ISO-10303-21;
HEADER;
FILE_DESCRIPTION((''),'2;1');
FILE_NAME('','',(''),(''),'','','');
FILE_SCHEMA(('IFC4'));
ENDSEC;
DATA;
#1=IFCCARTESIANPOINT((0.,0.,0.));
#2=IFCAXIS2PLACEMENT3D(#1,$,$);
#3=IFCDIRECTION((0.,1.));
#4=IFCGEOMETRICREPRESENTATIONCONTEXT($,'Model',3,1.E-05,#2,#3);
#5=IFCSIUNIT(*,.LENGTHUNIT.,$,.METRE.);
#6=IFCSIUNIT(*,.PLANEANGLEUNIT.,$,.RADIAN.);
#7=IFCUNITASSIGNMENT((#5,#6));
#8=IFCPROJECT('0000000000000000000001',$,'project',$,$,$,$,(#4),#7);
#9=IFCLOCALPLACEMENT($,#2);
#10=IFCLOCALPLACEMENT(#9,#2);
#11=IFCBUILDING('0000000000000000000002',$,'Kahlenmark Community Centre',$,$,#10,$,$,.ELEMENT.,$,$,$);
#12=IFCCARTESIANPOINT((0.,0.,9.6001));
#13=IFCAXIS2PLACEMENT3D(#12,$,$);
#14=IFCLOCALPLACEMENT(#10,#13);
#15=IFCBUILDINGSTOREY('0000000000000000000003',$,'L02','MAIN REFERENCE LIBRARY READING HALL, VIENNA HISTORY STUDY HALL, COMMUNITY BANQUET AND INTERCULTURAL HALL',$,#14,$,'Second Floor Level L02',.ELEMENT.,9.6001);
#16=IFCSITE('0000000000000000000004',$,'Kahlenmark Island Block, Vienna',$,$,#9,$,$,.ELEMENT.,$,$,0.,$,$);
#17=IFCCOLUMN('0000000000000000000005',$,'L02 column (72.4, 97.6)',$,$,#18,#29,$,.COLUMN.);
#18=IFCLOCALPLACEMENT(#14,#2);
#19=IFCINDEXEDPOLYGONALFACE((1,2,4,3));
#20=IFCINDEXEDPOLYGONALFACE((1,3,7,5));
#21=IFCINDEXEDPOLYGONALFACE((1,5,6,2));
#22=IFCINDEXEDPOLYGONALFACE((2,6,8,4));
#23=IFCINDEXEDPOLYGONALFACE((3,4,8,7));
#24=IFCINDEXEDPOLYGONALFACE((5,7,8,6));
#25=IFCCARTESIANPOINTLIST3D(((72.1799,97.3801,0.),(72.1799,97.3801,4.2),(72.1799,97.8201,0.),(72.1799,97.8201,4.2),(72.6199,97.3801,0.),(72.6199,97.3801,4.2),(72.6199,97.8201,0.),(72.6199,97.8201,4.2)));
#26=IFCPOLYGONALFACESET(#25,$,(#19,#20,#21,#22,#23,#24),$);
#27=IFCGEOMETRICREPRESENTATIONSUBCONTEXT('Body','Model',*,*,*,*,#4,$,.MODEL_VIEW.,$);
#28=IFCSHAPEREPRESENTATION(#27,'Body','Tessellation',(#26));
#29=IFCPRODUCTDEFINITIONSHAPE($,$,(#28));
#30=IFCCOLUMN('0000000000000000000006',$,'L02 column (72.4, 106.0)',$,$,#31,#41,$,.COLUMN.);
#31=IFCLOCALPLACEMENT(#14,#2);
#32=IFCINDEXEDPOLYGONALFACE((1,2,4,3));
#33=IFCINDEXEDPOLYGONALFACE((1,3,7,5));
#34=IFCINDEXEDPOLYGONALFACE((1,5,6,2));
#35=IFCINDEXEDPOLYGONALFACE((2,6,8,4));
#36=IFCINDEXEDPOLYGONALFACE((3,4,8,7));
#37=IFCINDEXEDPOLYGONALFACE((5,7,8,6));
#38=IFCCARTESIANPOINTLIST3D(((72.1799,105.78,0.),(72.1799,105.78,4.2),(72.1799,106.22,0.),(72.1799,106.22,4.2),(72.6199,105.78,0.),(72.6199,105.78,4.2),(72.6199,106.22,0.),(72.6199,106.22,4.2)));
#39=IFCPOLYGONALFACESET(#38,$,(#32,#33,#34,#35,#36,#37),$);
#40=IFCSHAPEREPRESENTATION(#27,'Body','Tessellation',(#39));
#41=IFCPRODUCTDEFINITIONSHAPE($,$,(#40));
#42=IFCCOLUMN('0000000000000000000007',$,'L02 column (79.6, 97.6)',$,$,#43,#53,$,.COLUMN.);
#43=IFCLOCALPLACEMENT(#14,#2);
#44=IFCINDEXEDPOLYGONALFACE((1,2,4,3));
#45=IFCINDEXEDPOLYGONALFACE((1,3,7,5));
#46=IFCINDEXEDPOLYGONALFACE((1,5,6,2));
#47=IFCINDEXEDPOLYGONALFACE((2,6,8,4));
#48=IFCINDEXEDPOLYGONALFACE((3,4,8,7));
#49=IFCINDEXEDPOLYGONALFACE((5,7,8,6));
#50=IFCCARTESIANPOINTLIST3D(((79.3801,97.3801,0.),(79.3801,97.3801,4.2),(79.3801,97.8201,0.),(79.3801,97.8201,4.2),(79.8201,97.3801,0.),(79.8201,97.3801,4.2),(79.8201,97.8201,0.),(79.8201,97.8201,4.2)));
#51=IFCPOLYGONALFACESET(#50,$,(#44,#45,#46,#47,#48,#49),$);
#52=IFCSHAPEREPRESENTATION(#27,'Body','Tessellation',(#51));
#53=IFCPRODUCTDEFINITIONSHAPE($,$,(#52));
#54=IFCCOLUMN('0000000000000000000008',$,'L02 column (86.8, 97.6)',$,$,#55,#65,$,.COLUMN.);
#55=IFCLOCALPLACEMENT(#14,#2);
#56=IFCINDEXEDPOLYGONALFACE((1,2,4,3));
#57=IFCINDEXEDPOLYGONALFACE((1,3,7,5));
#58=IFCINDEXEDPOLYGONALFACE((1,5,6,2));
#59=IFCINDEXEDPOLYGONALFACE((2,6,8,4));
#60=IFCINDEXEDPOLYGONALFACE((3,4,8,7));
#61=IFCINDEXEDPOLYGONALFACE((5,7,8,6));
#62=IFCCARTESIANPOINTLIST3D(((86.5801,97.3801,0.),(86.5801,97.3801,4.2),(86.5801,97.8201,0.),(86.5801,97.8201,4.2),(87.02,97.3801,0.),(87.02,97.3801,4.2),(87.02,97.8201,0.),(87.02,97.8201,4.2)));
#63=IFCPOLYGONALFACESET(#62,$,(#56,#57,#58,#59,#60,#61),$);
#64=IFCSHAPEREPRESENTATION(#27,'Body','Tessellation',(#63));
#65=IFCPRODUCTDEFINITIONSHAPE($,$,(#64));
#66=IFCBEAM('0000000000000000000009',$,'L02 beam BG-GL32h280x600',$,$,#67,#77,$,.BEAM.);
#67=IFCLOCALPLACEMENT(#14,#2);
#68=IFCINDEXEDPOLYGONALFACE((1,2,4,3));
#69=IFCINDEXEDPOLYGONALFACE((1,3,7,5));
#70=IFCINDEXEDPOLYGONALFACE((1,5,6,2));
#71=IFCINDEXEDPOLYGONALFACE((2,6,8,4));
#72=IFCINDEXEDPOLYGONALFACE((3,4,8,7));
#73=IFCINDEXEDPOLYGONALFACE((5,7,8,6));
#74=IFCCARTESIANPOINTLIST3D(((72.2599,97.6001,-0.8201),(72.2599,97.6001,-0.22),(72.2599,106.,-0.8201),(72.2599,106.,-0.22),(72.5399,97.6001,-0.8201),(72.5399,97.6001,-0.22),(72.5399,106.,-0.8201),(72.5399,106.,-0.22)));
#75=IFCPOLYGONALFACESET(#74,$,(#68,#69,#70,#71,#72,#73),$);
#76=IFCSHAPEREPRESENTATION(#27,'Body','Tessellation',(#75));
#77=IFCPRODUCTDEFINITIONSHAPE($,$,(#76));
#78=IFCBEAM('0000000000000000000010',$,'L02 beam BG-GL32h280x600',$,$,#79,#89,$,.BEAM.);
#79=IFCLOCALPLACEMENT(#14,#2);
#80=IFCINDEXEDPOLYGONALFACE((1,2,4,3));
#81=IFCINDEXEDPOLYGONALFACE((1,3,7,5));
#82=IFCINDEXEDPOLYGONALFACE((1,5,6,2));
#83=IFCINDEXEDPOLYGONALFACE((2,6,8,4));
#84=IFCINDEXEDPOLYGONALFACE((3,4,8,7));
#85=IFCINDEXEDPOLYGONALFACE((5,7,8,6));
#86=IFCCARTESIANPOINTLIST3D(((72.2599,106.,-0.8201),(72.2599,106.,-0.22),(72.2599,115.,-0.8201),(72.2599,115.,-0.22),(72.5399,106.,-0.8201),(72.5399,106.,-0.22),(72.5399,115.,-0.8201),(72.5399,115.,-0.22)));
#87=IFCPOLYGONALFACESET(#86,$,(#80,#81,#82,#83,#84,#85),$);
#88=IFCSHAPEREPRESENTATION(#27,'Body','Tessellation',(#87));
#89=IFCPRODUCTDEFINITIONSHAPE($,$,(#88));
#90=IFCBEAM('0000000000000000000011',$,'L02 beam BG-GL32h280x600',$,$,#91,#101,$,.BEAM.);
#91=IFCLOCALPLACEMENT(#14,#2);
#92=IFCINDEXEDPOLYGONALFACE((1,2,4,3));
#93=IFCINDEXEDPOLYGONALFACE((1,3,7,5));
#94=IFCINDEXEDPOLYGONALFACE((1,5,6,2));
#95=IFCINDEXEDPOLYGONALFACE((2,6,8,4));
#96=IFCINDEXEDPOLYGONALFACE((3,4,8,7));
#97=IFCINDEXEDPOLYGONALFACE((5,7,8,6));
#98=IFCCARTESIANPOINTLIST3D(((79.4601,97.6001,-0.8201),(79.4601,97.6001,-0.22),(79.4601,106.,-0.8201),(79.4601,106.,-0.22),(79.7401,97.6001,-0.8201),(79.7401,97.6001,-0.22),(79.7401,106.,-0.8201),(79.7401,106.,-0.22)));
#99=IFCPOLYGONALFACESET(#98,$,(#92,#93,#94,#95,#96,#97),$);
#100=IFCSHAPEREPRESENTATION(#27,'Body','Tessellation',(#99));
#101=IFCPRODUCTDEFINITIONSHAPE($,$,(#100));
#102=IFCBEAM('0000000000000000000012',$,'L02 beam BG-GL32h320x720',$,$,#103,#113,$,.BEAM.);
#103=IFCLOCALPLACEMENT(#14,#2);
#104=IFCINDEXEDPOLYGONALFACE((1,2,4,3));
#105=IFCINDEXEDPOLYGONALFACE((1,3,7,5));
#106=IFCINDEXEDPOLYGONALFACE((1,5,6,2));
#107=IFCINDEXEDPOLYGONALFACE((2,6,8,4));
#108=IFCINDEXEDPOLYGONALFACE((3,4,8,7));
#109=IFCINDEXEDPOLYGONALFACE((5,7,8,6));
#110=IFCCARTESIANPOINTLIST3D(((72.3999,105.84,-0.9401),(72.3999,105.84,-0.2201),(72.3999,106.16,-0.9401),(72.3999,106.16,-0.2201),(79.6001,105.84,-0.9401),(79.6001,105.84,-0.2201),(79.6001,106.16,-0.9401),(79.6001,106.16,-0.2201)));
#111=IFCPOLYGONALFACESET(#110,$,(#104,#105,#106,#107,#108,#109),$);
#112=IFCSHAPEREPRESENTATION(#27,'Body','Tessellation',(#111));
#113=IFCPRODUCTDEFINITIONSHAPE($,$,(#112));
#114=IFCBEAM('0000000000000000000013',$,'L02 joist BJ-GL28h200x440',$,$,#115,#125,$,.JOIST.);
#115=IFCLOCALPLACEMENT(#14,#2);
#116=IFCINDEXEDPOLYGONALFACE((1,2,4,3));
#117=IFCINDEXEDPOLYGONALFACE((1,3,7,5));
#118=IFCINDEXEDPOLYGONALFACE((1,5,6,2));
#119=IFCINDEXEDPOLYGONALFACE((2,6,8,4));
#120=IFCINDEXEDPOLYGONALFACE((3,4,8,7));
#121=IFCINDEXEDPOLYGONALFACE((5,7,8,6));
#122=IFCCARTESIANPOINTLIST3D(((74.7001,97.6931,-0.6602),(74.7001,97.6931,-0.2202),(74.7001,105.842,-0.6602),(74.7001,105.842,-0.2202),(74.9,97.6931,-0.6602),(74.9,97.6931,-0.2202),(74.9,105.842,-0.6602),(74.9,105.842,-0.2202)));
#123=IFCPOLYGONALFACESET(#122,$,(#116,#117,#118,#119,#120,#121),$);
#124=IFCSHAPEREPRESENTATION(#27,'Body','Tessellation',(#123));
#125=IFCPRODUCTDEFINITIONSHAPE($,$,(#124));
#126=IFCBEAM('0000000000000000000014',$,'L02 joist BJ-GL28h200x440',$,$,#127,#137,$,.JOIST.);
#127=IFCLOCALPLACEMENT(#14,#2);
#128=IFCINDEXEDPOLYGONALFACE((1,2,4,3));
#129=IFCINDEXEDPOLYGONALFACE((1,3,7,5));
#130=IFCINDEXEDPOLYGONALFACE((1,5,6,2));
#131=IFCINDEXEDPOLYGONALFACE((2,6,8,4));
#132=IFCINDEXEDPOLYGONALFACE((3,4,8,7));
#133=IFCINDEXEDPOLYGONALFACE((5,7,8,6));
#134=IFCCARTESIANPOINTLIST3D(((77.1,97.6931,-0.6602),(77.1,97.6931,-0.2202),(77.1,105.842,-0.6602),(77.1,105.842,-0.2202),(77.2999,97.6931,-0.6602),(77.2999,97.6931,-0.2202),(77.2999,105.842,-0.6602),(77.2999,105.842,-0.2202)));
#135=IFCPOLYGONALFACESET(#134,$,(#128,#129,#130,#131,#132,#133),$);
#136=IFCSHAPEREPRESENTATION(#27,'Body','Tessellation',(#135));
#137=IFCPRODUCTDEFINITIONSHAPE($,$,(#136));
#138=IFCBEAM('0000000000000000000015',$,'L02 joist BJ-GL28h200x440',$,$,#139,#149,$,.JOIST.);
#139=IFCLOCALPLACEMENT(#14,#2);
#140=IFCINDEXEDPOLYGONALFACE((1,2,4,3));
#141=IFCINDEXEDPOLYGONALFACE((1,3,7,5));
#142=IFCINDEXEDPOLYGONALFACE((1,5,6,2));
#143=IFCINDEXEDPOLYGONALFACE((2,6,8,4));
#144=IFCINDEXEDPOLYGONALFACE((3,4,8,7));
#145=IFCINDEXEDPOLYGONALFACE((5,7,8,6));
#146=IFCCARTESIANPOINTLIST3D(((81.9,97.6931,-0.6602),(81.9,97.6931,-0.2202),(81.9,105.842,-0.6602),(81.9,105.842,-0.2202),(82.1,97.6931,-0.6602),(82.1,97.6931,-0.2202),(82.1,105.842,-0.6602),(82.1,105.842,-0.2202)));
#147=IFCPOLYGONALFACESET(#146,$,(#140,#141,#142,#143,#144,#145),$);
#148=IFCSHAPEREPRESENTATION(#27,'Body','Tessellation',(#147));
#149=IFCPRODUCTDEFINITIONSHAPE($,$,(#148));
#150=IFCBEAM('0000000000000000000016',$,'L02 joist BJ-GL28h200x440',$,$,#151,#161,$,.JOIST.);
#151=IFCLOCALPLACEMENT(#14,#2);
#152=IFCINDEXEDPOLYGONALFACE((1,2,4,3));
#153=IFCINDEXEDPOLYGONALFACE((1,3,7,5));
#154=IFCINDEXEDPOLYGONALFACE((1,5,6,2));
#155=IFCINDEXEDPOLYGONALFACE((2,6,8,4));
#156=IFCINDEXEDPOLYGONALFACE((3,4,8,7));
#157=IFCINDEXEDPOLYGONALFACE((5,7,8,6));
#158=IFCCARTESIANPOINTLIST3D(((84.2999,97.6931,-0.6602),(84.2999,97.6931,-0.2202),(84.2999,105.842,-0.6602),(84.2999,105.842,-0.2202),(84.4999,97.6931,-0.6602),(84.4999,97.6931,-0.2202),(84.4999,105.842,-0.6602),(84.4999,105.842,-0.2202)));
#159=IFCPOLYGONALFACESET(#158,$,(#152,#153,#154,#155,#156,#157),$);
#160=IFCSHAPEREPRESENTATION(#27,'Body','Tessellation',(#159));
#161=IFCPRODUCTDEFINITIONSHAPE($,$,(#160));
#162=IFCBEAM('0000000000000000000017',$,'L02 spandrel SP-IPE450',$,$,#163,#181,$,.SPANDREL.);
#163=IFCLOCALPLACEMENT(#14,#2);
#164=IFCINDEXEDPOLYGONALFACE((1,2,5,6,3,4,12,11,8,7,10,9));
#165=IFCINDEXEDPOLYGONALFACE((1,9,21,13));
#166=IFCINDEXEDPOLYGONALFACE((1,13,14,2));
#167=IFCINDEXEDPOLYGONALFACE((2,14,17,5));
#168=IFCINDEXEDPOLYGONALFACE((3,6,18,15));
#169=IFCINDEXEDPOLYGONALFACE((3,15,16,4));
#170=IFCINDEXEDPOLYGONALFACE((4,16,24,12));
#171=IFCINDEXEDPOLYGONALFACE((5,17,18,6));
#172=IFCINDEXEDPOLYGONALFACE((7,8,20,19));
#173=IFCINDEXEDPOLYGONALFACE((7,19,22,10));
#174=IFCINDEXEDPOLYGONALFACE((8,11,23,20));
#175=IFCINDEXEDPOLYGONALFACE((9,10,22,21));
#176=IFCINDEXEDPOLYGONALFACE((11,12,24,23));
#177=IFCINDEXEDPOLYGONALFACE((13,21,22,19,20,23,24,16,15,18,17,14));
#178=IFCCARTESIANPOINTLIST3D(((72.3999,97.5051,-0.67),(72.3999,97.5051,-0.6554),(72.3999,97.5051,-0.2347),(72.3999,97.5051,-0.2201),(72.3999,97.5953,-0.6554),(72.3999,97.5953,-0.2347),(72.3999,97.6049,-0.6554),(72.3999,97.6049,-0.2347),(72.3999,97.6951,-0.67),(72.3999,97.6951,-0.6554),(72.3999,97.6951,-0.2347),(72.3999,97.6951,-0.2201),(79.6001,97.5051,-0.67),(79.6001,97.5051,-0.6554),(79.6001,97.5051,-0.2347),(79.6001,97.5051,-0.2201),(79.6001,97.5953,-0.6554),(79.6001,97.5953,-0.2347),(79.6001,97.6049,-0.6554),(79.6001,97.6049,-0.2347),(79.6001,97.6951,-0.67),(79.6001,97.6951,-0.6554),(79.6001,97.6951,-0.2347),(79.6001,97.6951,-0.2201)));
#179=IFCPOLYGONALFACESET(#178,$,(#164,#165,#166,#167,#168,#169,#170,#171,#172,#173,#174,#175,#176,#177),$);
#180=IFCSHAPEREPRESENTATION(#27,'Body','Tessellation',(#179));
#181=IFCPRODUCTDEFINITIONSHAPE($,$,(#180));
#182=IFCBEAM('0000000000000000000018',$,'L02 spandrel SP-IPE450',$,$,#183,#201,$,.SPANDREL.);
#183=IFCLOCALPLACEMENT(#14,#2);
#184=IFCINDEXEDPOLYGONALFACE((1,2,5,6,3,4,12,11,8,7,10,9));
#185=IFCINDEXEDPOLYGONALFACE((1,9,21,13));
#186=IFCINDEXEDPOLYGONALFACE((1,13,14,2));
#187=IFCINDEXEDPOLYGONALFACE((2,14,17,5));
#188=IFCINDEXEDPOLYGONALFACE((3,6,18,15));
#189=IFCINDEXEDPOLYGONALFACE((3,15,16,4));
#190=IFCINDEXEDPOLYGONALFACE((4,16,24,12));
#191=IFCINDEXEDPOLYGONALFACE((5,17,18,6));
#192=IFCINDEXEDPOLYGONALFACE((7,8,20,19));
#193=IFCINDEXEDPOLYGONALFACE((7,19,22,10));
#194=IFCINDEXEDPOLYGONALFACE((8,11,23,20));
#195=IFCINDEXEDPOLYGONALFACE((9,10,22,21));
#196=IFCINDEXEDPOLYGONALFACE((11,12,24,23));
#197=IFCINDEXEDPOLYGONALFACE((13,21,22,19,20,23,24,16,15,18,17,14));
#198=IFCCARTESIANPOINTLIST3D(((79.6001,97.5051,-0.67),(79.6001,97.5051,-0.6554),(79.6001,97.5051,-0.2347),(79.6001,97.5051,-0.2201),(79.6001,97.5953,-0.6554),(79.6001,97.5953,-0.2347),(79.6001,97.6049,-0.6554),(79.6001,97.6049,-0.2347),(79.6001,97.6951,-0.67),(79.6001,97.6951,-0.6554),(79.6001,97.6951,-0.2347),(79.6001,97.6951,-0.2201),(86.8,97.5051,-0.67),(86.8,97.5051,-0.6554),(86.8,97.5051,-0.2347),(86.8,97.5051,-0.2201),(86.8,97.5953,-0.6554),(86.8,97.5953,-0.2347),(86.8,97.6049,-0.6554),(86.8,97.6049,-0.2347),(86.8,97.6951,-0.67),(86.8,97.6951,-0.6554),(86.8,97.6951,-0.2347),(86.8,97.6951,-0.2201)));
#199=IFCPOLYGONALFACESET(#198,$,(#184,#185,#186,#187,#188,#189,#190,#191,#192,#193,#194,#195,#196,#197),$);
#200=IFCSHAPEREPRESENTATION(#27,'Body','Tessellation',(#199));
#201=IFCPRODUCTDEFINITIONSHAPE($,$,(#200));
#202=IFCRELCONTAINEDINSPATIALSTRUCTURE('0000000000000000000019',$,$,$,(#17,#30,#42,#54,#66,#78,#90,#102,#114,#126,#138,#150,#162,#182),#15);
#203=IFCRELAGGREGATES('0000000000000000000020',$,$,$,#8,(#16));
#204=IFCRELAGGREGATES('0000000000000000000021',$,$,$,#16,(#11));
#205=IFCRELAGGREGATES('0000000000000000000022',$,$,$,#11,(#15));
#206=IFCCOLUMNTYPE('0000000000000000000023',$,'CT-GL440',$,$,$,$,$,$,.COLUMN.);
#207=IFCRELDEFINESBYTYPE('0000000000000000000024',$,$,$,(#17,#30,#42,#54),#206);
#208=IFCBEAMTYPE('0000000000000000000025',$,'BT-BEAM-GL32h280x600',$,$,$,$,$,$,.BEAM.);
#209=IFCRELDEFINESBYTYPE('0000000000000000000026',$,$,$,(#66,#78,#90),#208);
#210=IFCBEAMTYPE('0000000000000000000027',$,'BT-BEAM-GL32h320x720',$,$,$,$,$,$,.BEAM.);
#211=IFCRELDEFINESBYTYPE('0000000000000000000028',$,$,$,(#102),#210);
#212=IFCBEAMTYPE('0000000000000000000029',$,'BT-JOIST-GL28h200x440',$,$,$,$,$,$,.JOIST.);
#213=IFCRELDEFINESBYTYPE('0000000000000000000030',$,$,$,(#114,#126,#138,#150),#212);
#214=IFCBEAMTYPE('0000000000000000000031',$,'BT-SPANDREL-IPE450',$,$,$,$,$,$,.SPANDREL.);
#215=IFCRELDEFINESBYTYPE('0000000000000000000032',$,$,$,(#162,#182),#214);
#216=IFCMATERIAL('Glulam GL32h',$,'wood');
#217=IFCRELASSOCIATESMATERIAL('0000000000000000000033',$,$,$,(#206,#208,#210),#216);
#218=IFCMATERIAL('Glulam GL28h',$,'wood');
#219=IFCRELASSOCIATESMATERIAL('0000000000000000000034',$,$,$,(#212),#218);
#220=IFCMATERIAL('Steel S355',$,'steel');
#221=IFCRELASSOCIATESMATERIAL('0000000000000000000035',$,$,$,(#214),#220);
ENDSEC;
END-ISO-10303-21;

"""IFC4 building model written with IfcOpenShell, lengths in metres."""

from ifc_helpers import new_model, si_unit, direction, frame, origin, origin_2d, place, context, subcontext, project, spatial, rectangle, i_section, extrude, material, material_profile, profile_set, type_object, element, save


model = new_model("IFC4")

# Units and contexts
model_context = context("Model", 3, precision=1e-05, world=origin(), true_north=direction((0.0, 1.0)))
body_context = subcontext(model_context, "Body", "Model", "MODEL_VIEW")
ifc_project = project(units=[si_unit("LENGTHUNIT", "METRE"), si_unit("PLANEANGLEUNIT", "RADIAN")], contexts=[model_context])

# Site, building, storey
site_placement = place(None, origin())
site = spatial("IfcSite", under=ifc_project, at=site_placement, Name="Kahlenmark Island Block, Vienna", CompositionType="ELEMENT", RefElevation=0.0)
building_placement = place(site_placement, origin())
building = spatial("IfcBuilding", under=site, at=building_placement, Name="Kahlenmark Community Centre", CompositionType="ELEMENT")
storey_placement = place(building_placement, frame((0.0, 0.0, 9.6001)))
storey = spatial("IfcBuildingStorey", under=building, at=storey_placement, Name="L02", Description="MAIN REFERENCE LIBRARY READING HALL, VIENNA HISTORY STUDY HALL, COMMUNITY BANQUET AND INTERCULTURAL HALL", LongName="Second Floor Level L02", CompositionType="ELEMENT", Elevation=9.6001)

# Columns
ifc_material_1 = material(Name="Glulam GL32h", Category="wood")
ifc_material_profile_1 = material_profile(ifc_material_1, rectangle(XDim=0.4399, YDim=0.4399, at=origin_2d()), Name="GL32h 440x440")
ifc_profile_set_1 = profile_set([ifc_material_profile_1], Name="Glulam GL32h")
column_type = type_object("IfcColumnType", Name="CT-GL440", PredefinedType="COLUMN", material=ifc_profile_set_1)
for number, where, z_axis, x_axis, name in (
    (1, (72.3999, 97.6001, 0.0), (0.0, 0.0, 1.0), (1.0, 0.0, 0.0), "L02 column (72.4, 97.6)"),
    (2, (72.3999, 106.0, 0.0), (0.0, 0.0, 1.0), (1.0, 0.0, 0.0), "L02 column (72.4, 106.0)"),
    (3, (79.6001, 97.6001, 0.0), (0.0, 0.0, 1.0), (1.0, 0.0, 0.0), "L02 column (79.6, 97.6)"),
    (4, (86.8, 97.6001, 0.0), (0.0, 0.0, 1.0), (1.0, 0.0, 0.0), "L02 column (86.8, 97.6)"),
):
    element("IfcColumn", number, at=place(storey_placement, frame(where, z_axis=z_axis, x_axis=x_axis)), inside=storey, type_object=column_type, Name=name, PredefinedType="COLUMN", context=body_context, shape_type="SweptSolid", body=[
        extrude(rectangle(XDim=0.4399, YDim=0.4399, at=origin_2d()), origin(), (0.0, 0.0, 1.0), 4.2),
    ])

# Beams
ifc_material_profile_2 = material_profile(ifc_material_1, rectangle(XDim=0.28, YDim=0.6001, at=origin_2d()), Name="GL32h 280x600")
ifc_profile_set_2 = profile_set([ifc_material_profile_2], Name="Glulam GL32h")
beam_type_1 = type_object("IfcBeamType", Name="BT-BEAM-GL32h280x600", PredefinedType="BEAM", material=ifc_profile_set_2)
beam_1_placement = place(storey_placement, frame((72.3999, 97.6001, -0.52), z_axis=(0.0, 1.0, 0.0), x_axis=(-1.0, 0.0, 0.0)))
element("IfcBeam", 5, at=beam_1_placement, inside=storey, type_object=beam_type_1, Name="L02 beam BG-GL32h280x600", PredefinedType="BEAM", context=body_context, shape_type="SweptSolid", body=[
    extrude(rectangle(XDim=0.28, YDim=0.6001, at=origin_2d()), origin(), (0.0, 0.0, 1.0), 8.3999),
])
beam_2_placement = place(storey_placement, frame((72.3999, 106.0, -0.52), z_axis=(0.0, 1.0, 0.0), x_axis=(-1.0, 0.0, 0.0)))
element("IfcBeam", 6, at=beam_2_placement, inside=storey, type_object=beam_type_1, Name="L02 beam BG-GL32h280x600", PredefinedType="BEAM", context=body_context, shape_type="SweptSolid", body=[
    extrude(rectangle(XDim=0.28, YDim=0.6001, at=origin_2d()), origin(), (0.0, 0.0, 1.0), 9.0),
])
beam_3_placement = place(storey_placement, frame((79.6001, 97.6001, -0.52), z_axis=(0.0, 1.0, 0.0), x_axis=(-1.0, 0.0, 0.0)))
element("IfcBeam", 7, at=beam_3_placement, inside=storey, type_object=beam_type_1, Name="L02 beam BG-GL32h280x600", PredefinedType="BEAM", context=body_context, shape_type="SweptSolid", body=[
    extrude(rectangle(XDim=0.28, YDim=0.6001, at=origin_2d()), origin(), (0.0, 0.0, 1.0), 8.3999),
])
ifc_material_profile_3 = material_profile(ifc_material_1, rectangle(XDim=0.3201, YDim=0.72, at=origin_2d()), Name="GL32h 320x720")
ifc_profile_set_3 = profile_set([ifc_material_profile_3], Name="Glulam GL32h")
beam_type_2 = type_object("IfcBeamType", Name="BT-BEAM-GL32h320x720", PredefinedType="BEAM", material=ifc_profile_set_3)
beam_4_placement = place(storey_placement, frame((72.3999, 106.0, -0.5801), z_axis=(1.0, 0.0, 0.0), x_axis=(0.0, 1.0, 0.0)))
element("IfcBeam", 8, at=beam_4_placement, inside=storey, type_object=beam_type_2, Name="L02 beam BG-GL32h320x720", PredefinedType="BEAM", context=body_context, shape_type="SweptSolid", body=[
    extrude(rectangle(XDim=0.3201, YDim=0.72, at=origin_2d()), origin(), (0.0, 0.0, 1.0), 7.2002),
])
ifc_material_2 = material(Name="Glulam GL28h", Category="wood")
ifc_material_profile_4 = material_profile(ifc_material_2, rectangle(XDim=0.2, YDim=0.4399, at=origin_2d()), Name="GL28h 200x440")
ifc_profile_set_4 = profile_set([ifc_material_profile_4], Name="Glulam GL28h")
beam_type_3 = type_object("IfcBeamType", Name="BT-JOIST-GL28h200x440", PredefinedType="JOIST", material=ifc_profile_set_4)
for number, where, z_axis, x_axis, name in (
    (9, (74.8, 97.6931, -0.4402), (0.0, 1.0, 0.0), (-1.0, 0.0, 0.0), "L02 joist BJ-GL28h200x440"),
    (10, (77.2, 97.6931, -0.4402), (0.0, 1.0, 0.0), (-1.0, 0.0, 0.0), "L02 joist BJ-GL28h200x440"),
    (11, (82.0, 97.6931, -0.4402), (0.0, 1.0, 0.0), (-1.0, 0.0, 0.0), "L02 joist BJ-GL28h200x440"),
    (12, (84.3999, 97.6931, -0.4402), (0.0, 1.0, 0.0), (-1.0, 0.0, 0.0), "L02 joist BJ-GL28h200x440"),
):
    element("IfcBeam", number, at=place(storey_placement, frame(where, z_axis=z_axis, x_axis=x_axis)), inside=storey, type_object=beam_type_3, Name=name, PredefinedType="JOIST", context=body_context, shape_type="SweptSolid", body=[
        extrude(rectangle(XDim=0.2, YDim=0.4399, at=origin_2d()), origin(), (0.0, 0.0, 1.0), 8.1489),
    ])
ifc_material_3 = material(Name="Steel S355", Category="steel")
ifc_material_profile_5 = material_profile(ifc_material_3, i_section(OverallWidth=0.1899, OverallDepth=0.45, WebThickness=0.0095, FlangeThickness=0.0146, at=origin_2d()), Name="IPE 450")
ifc_profile_set_5 = profile_set([ifc_material_profile_5], Name="Steel S355")
beam_type_4 = type_object("IfcBeamType", Name="BT-SPANDREL-IPE450", PredefinedType="SPANDREL", material=ifc_profile_set_5)
beam_5_placement = place(storey_placement, frame((72.3999, 97.6001, -0.4451), z_axis=(1.0, 0.0, 0.0), x_axis=(0.0, 1.0, 0.0)))
element("IfcBeam", 13, at=beam_5_placement, inside=storey, type_object=beam_type_4, Name="L02 spandrel SP-IPE450", PredefinedType="SPANDREL", context=body_context, shape_type="SweptSolid", body=[
    extrude(i_section(OverallWidth=0.1899, OverallDepth=0.45, WebThickness=0.0095, FlangeThickness=0.0146, at=origin_2d()), origin(), (0.0, 0.0, 1.0), 7.2002),
])
beam_6_placement = place(storey_placement, frame((79.6001, 97.6001, -0.4451), z_axis=(1.0, 0.0, 0.0), x_axis=(0.0, 1.0, 0.0)))
element("IfcBeam", 14, at=beam_6_placement, inside=storey, type_object=beam_type_4, Name="L02 spandrel SP-IPE450", PredefinedType="SPANDREL", context=body_context, shape_type="SweptSolid", body=[
    extrude(i_section(OverallWidth=0.1899, OverallDepth=0.45, WebThickness=0.0095, FlangeThickness=0.0146, at=origin_2d()), origin(), (0.0, 0.0, 1.0), 7.2),
])

save(model, "model.ifc")
